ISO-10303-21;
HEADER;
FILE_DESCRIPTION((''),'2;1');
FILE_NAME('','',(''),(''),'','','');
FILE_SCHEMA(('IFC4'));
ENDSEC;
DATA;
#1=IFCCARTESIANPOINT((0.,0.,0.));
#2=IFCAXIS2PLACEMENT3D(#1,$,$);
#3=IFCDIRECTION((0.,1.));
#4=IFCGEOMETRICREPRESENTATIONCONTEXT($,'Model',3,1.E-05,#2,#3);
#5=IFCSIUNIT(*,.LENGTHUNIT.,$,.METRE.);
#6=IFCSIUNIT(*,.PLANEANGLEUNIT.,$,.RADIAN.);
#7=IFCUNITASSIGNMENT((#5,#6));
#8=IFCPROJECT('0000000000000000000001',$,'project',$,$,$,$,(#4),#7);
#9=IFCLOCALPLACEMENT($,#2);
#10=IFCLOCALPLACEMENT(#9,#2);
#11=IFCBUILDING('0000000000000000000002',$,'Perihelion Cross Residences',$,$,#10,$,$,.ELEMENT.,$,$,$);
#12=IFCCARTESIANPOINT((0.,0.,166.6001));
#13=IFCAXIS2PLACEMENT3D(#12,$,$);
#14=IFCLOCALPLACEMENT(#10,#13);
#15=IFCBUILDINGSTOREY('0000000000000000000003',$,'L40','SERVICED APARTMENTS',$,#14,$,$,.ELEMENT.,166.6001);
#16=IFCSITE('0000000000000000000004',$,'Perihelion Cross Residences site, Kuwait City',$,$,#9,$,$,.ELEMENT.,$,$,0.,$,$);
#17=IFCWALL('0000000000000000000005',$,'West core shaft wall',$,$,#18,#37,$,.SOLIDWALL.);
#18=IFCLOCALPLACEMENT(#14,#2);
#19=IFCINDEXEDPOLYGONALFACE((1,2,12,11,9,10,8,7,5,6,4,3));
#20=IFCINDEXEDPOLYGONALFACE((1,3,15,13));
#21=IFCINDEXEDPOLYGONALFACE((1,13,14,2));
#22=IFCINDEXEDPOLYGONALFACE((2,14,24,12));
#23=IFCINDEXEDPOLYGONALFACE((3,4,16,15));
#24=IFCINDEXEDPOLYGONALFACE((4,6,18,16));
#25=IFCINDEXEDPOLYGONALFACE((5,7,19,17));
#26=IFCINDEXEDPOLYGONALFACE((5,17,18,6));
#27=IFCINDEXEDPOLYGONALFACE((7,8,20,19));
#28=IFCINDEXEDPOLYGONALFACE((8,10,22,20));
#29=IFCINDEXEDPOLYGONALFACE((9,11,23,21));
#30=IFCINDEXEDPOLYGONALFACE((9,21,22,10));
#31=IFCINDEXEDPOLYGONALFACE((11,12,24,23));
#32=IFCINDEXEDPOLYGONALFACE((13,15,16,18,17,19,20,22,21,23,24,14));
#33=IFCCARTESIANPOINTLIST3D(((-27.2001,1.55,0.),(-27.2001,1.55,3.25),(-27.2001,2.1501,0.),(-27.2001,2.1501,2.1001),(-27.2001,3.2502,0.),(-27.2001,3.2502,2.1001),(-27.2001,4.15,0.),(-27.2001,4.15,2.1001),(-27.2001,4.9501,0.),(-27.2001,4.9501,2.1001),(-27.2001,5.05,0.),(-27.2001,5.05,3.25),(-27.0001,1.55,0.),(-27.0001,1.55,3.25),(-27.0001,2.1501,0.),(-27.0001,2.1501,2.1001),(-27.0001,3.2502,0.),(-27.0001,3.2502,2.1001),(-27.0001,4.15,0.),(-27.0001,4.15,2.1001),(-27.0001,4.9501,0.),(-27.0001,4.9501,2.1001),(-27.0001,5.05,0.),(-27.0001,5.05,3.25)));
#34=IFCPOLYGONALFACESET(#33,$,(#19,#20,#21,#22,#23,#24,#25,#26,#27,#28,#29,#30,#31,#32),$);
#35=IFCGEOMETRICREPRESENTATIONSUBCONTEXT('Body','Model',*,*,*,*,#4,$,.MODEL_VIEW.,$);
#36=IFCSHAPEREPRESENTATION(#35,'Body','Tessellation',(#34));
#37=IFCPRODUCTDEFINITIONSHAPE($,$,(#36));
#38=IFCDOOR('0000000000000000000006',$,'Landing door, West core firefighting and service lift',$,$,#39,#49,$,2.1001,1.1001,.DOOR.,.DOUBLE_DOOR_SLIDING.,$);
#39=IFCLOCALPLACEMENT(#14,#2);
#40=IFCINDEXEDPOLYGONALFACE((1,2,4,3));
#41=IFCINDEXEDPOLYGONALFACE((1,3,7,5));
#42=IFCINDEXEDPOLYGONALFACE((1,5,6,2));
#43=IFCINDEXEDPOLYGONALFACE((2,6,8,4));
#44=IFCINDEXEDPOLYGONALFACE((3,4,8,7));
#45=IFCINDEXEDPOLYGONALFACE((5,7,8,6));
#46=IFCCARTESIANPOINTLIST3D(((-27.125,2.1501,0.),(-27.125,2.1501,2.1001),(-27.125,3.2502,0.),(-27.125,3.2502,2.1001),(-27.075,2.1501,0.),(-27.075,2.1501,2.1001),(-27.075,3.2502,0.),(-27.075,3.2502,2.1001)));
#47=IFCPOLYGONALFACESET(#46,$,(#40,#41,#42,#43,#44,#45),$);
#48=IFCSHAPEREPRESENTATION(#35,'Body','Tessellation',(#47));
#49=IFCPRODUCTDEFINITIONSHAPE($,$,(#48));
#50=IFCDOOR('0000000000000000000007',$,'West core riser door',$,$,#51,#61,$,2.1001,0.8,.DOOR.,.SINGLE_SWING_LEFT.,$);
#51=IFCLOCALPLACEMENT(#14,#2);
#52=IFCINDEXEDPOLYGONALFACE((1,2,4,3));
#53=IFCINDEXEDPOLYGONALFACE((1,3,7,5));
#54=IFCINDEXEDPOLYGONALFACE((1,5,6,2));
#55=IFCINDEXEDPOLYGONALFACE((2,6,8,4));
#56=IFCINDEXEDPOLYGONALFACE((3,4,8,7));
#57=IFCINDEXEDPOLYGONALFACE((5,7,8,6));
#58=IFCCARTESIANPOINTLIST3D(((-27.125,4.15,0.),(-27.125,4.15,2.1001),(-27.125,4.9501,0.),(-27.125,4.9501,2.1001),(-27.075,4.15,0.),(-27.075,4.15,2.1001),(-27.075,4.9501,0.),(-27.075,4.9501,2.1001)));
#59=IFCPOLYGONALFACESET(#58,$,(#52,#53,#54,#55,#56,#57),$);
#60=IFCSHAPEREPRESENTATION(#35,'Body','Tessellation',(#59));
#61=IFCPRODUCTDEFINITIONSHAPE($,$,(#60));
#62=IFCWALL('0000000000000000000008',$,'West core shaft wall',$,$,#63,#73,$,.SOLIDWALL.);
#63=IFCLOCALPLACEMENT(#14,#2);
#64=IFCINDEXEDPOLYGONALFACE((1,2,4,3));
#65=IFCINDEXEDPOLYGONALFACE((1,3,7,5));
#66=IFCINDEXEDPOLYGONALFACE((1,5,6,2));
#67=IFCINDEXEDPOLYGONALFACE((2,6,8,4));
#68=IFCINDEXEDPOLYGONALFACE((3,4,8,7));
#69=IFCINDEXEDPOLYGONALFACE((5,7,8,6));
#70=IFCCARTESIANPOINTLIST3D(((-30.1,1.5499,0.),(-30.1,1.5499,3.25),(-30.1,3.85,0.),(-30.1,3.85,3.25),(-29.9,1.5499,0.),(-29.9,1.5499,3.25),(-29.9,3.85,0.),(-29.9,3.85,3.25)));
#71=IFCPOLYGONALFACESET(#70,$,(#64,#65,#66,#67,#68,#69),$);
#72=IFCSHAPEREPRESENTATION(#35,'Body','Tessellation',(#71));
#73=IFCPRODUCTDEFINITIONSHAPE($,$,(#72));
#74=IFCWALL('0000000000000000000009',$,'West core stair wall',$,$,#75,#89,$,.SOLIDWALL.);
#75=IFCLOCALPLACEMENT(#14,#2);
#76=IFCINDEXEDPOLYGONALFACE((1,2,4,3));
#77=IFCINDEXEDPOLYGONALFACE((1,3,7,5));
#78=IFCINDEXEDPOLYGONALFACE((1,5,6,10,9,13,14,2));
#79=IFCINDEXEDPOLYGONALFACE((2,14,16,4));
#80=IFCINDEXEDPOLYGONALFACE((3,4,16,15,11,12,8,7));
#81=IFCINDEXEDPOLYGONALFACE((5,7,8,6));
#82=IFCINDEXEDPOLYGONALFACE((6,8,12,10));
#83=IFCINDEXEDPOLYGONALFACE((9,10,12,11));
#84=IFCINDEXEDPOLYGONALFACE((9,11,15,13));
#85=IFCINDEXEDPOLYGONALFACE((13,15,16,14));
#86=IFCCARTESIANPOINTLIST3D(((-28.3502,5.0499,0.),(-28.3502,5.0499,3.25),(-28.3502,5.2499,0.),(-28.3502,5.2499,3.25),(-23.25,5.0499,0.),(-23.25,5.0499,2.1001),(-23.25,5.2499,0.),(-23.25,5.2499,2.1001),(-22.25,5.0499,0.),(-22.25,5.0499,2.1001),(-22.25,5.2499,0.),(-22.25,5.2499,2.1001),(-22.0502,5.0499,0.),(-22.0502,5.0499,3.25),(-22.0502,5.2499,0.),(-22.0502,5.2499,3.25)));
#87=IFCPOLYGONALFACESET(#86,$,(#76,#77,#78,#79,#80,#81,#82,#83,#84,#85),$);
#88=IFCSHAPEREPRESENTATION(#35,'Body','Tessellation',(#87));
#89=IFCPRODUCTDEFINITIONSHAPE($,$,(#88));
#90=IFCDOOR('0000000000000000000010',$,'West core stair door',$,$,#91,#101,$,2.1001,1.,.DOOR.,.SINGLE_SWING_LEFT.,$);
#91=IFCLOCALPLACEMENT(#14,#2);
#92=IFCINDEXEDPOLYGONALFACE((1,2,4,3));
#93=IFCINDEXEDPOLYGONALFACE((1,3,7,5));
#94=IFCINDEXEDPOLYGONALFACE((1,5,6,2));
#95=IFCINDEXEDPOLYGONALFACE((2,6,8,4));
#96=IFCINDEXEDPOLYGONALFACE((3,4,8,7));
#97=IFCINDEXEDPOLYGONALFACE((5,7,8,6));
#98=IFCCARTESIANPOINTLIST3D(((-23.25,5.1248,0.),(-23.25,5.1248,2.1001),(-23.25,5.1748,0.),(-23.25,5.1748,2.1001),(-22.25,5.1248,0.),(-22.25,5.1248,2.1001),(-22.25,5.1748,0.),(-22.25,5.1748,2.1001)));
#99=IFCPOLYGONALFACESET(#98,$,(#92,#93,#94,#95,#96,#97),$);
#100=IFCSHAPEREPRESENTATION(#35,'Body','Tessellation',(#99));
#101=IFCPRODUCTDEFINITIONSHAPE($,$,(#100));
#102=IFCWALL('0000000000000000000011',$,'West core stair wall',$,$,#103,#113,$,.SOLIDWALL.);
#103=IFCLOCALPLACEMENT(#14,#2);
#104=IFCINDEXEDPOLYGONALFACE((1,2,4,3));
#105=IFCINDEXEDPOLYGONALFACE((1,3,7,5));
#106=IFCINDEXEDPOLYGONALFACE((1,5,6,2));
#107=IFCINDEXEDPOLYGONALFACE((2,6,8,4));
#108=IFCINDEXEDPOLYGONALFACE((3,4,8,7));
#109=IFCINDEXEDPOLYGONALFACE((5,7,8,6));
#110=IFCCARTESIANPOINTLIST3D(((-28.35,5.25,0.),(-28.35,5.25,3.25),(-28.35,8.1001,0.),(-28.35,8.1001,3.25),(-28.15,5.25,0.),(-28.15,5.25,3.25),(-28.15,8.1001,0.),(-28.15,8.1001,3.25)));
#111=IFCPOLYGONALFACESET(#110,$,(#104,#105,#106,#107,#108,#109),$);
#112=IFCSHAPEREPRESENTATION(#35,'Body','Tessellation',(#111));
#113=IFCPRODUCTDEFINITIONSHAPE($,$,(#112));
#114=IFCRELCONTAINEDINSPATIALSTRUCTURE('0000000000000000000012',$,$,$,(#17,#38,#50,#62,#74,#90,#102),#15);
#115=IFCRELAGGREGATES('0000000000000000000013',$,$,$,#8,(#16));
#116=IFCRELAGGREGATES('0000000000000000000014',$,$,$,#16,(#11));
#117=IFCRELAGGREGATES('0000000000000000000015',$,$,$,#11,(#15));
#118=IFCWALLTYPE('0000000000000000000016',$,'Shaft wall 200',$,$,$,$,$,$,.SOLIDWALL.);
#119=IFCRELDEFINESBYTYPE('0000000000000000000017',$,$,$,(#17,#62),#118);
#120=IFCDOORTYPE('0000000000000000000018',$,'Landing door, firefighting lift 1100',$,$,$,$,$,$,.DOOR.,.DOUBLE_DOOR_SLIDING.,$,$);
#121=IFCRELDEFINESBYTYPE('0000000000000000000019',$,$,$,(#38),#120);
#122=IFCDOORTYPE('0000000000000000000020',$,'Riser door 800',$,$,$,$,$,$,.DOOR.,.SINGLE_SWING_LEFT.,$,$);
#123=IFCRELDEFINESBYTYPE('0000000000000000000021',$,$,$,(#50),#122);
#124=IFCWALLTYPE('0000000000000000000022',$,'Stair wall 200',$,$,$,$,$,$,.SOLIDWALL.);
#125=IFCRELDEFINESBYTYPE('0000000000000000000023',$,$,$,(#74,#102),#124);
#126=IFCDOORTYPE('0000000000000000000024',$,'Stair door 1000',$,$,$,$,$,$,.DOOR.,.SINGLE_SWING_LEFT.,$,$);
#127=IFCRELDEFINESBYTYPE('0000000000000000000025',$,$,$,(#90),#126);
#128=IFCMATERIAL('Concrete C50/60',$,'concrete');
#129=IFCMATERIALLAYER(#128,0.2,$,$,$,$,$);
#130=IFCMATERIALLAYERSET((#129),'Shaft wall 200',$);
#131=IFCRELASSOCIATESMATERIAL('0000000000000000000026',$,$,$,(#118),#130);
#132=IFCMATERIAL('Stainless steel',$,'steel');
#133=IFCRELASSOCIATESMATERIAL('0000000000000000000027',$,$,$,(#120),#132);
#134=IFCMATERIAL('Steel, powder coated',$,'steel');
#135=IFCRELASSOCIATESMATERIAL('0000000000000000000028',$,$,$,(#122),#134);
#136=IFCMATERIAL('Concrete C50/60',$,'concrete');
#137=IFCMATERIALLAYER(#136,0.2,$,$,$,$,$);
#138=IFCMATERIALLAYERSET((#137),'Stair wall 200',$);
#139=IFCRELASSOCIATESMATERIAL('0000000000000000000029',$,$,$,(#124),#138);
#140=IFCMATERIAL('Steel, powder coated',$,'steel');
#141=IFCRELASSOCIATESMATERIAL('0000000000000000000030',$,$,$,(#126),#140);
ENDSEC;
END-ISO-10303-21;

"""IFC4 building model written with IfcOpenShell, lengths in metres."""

from ifc_helpers import new_model, si_unit, direction, frame, frame_2d, origin, place, context, subcontext, project, spatial, rectangle, extrude, material, layer, layer_set, type_object, element, fill, save


model = new_model("IFC4")

# Units and contexts
model_context = context("Model", 3, precision=1e-05, world=origin(), true_north=direction((0.0, 1.0)))
body_context = subcontext(model_context, "Body", "Model", "MODEL_VIEW")
ifc_project = project(units=[si_unit("LENGTHUNIT", "METRE"), si_unit("PLANEANGLEUNIT", "RADIAN")], contexts=[model_context])

# Site, building, storey
site_placement = place(None, origin())
site = spatial("IfcSite", under=ifc_project, at=site_placement, Name="Perihelion Cross Residences site, Kuwait City", CompositionType="ELEMENT", RefElevation=0.0)
building_placement = place(site_placement, origin())
building = spatial("IfcBuilding", under=site, at=building_placement, Name="Perihelion Cross Residences", CompositionType="ELEMENT")
storey_placement = place(building_placement, frame((0.0, 0.0, 166.6001)))
storey = spatial("IfcBuildingStorey", under=building, at=storey_placement, Name="L40", Description="SERVICED APARTMENTS", CompositionType="ELEMENT", Elevation=166.6001)

# Shared definitions
ifc_material_1 = material(Name="Concrete C50/60", Category="concrete")
ifc_layer_1 = layer(ifc_material_1, 0.2)
ifc_layer_set_1 = layer_set([ifc_layer_1], Name="Shaft wall 200")
wall_type_1 = type_object("IfcWallType", Name="Shaft wall 200", PredefinedType="SOLIDWALL", material=ifc_layer_set_1)

# Wall, openings, doors
wall_1_placement = place(storey_placement, frame((-27.1001, 1.55, 0.0), z_axis=(0.0, 0.0, 1.0), x_axis=(0.0, 1.0, 0.0)))
wall_1 = element("IfcWall", 1, at=wall_1_placement, inside=storey, type_object=wall_type_1, Name="West core shaft wall", PredefinedType="SOLIDWALL", context=body_context, shape_type="SweptSolid", body=[
    extrude(rectangle(XDim=3.5, YDim=0.2, at=frame_2d((1.75, 0.0))), origin(), (0.0, 0.0, 1.0), 3.25),
])
opening_1_placement = place(wall_1_placement, frame((0.6001, 0.0, 0.0)))
opening_1 = element("IfcOpeningElement", 2, at=opening_1_placement, cuts=wall_1, PredefinedType="OPENING", context=body_context, shape_type="SweptSolid", body=[
    extrude(rectangle(XDim=1.1001, YDim=2.1001, at=frame_2d((0.55, 1.05))), frame((0.0, 0.1099, 0.0), z_axis=(0.0, -1.0, 0.0), x_axis=(1.0, 0.0, 0.0)), (0.0, 0.0, 1.0), 0.22),
])
opening_2_placement = place(wall_1_placement, frame((2.6001, 0.0, 0.0)))
opening_2 = element("IfcOpeningElement", 3, at=opening_2_placement, cuts=wall_1, PredefinedType="OPENING", context=body_context, shape_type="SweptSolid", body=[
    extrude(rectangle(XDim=0.8, YDim=2.1001, at=frame_2d((0.3999, 1.05))), frame((0.0, 0.1099, 0.0), z_axis=(0.0, -1.0, 0.0), x_axis=(1.0, 0.0, 0.0)), (0.0, 0.0, 1.0), 0.22),
])
ifc_material_2 = material(Name="Stainless steel", Category="steel")
door_type_1 = type_object("IfcDoorType", Name="Landing door, firefighting lift 1100", OperationType="DOUBLE_DOOR_SLIDING", PredefinedType="DOOR", material=ifc_material_2)
door_1_placement = place(opening_1_placement, origin())
door_1 = element("IfcDoor", 4, at=door_1_placement, inside=storey, type_object=door_type_1, Name="Landing door, West core firefighting and service lift", OperationType="DOUBLE_DOOR_SLIDING", OverallHeight=2.1001, OverallWidth=1.1001, PredefinedType="DOOR", context=body_context, shape_type="SweptSolid", body=[
    extrude(rectangle(XDim=1.1001, YDim=2.1001, at=frame_2d((0.55, 1.05))), frame((0.0, 0.0249, 0.0), z_axis=(0.0, -1.0, 0.0), x_axis=(1.0, 0.0, 0.0)), (0.0, 0.0, 1.0), 0.05),
])
fill(opening_1, door_1)
ifc_material_3 = material(Name="Steel, powder coated", Category="steel")
door_type_2 = type_object("IfcDoorType", Name="Riser door 800", OperationType="SINGLE_SWING_LEFT", PredefinedType="DOOR", material=ifc_material_3)
door_2_placement = place(opening_2_placement, origin())
door_2 = element("IfcDoor", 5, at=door_2_placement, inside=storey, type_object=door_type_2, Name="West core riser door", OperationType="SINGLE_SWING_LEFT", OverallHeight=2.1001, OverallWidth=0.8, PredefinedType="DOOR", context=body_context, shape_type="SweptSolid", body=[
    extrude(rectangle(XDim=0.8, YDim=2.1001, at=frame_2d((0.3999, 1.05))), frame((0.0, 0.0249, 0.0), z_axis=(0.0, -1.0, 0.0), x_axis=(1.0, 0.0, 0.0)), (0.0, 0.0, 1.0), 0.05),
])
fill(opening_2, door_2)

# Wall
wall_2_placement = place(storey_placement, frame((-30.0, 1.55, 0.0), z_axis=(0.0, 0.0, 1.0), x_axis=(0.0, 1.0, 0.0)))
element("IfcWall", 6, at=wall_2_placement, inside=storey, type_object=wall_type_1, Name="West core shaft wall", PredefinedType="SOLIDWALL", context=body_context, shape_type="SweptSolid", body=[
    extrude(rectangle(XDim=2.3, YDim=0.2, at=frame_2d((1.1499, 0.0))), origin(), (0.0, 0.0, 1.0), 3.25),
])

# Wall, opening, door
ifc_material_4 = material(Name="Concrete C50/60", Category="concrete")
ifc_layer_2 = layer(ifc_material_4, 0.2)
ifc_layer_set_2 = layer_set([ifc_layer_2], Name="Stair wall 200")
wall_type_2 = type_object("IfcWallType", Name="Stair wall 200", PredefinedType="SOLIDWALL", material=ifc_layer_set_2)
wall_3_placement = place(storey_placement, frame((-28.3501, 5.1499, 0.0), z_axis=(0.0, 0.0, 1.0), x_axis=(1.0, 0.0, 0.0)))
wall_3 = element("IfcWall", 7, at=wall_3_placement, inside=storey, type_object=wall_type_2, Name="West core stair wall", PredefinedType="SOLIDWALL", context=body_context, shape_type="SweptSolid", body=[
    extrude(rectangle(XDim=6.3, YDim=0.2, at=frame_2d((3.1499, 0.0))), origin(), (0.0, 0.0, 1.0), 3.25),
])
opening_3_placement = place(wall_3_placement, frame((5.1001, 0.0, 0.0)))
opening_3 = element("IfcOpeningElement", 8, at=opening_3_placement, cuts=wall_3, PredefinedType="OPENING", context=body_context, shape_type="SweptSolid", body=[
    extrude(rectangle(XDim=1.0, YDim=2.1001, at=frame_2d((0.5, 1.05))), frame((0.0, 0.1099, 0.0), z_axis=(0.0, -1.0, 0.0), x_axis=(1.0, 0.0, 0.0)), (0.0, 0.0, 1.0), 0.22),
])
ifc_material_5 = material(Name="Steel, powder coated", Category="steel")
door_type_3 = type_object("IfcDoorType", Name="Stair door 1000", OperationType="SINGLE_SWING_LEFT", PredefinedType="DOOR", material=ifc_material_5)
door_3_placement = place(opening_3_placement, origin())
door_3 = element("IfcDoor", 9, at=door_3_placement, inside=storey, type_object=door_type_3, Name="West core stair door", OperationType="SINGLE_SWING_LEFT", OverallHeight=2.1001, OverallWidth=1.0, PredefinedType="DOOR", context=body_context, shape_type="SweptSolid", body=[
    extrude(rectangle(XDim=1.0, YDim=2.1001, at=frame_2d((0.5, 1.05))), frame((0.0, 0.0249, 0.0), z_axis=(0.0, -1.0, 0.0), x_axis=(1.0, 0.0, 0.0)), (0.0, 0.0, 1.0), 0.05),
])
fill(opening_3, door_3)

# Wall
wall_4_placement = place(storey_placement, frame((-28.25, 5.25, 0.0), z_axis=(0.0, 0.0, 1.0), x_axis=(0.0, 1.0, 0.0)))
element("IfcWall", 10, at=wall_4_placement, inside=storey, type_object=wall_type_2, Name="West core stair wall", PredefinedType="SOLIDWALL", context=body_context, shape_type="SweptSolid", body=[
    extrude(rectangle(XDim=2.8501, YDim=0.2, at=frame_2d((1.425, 0.0))), origin(), (0.0, 0.0, 1.0), 3.25),
])

save(model, "model.ifc")
